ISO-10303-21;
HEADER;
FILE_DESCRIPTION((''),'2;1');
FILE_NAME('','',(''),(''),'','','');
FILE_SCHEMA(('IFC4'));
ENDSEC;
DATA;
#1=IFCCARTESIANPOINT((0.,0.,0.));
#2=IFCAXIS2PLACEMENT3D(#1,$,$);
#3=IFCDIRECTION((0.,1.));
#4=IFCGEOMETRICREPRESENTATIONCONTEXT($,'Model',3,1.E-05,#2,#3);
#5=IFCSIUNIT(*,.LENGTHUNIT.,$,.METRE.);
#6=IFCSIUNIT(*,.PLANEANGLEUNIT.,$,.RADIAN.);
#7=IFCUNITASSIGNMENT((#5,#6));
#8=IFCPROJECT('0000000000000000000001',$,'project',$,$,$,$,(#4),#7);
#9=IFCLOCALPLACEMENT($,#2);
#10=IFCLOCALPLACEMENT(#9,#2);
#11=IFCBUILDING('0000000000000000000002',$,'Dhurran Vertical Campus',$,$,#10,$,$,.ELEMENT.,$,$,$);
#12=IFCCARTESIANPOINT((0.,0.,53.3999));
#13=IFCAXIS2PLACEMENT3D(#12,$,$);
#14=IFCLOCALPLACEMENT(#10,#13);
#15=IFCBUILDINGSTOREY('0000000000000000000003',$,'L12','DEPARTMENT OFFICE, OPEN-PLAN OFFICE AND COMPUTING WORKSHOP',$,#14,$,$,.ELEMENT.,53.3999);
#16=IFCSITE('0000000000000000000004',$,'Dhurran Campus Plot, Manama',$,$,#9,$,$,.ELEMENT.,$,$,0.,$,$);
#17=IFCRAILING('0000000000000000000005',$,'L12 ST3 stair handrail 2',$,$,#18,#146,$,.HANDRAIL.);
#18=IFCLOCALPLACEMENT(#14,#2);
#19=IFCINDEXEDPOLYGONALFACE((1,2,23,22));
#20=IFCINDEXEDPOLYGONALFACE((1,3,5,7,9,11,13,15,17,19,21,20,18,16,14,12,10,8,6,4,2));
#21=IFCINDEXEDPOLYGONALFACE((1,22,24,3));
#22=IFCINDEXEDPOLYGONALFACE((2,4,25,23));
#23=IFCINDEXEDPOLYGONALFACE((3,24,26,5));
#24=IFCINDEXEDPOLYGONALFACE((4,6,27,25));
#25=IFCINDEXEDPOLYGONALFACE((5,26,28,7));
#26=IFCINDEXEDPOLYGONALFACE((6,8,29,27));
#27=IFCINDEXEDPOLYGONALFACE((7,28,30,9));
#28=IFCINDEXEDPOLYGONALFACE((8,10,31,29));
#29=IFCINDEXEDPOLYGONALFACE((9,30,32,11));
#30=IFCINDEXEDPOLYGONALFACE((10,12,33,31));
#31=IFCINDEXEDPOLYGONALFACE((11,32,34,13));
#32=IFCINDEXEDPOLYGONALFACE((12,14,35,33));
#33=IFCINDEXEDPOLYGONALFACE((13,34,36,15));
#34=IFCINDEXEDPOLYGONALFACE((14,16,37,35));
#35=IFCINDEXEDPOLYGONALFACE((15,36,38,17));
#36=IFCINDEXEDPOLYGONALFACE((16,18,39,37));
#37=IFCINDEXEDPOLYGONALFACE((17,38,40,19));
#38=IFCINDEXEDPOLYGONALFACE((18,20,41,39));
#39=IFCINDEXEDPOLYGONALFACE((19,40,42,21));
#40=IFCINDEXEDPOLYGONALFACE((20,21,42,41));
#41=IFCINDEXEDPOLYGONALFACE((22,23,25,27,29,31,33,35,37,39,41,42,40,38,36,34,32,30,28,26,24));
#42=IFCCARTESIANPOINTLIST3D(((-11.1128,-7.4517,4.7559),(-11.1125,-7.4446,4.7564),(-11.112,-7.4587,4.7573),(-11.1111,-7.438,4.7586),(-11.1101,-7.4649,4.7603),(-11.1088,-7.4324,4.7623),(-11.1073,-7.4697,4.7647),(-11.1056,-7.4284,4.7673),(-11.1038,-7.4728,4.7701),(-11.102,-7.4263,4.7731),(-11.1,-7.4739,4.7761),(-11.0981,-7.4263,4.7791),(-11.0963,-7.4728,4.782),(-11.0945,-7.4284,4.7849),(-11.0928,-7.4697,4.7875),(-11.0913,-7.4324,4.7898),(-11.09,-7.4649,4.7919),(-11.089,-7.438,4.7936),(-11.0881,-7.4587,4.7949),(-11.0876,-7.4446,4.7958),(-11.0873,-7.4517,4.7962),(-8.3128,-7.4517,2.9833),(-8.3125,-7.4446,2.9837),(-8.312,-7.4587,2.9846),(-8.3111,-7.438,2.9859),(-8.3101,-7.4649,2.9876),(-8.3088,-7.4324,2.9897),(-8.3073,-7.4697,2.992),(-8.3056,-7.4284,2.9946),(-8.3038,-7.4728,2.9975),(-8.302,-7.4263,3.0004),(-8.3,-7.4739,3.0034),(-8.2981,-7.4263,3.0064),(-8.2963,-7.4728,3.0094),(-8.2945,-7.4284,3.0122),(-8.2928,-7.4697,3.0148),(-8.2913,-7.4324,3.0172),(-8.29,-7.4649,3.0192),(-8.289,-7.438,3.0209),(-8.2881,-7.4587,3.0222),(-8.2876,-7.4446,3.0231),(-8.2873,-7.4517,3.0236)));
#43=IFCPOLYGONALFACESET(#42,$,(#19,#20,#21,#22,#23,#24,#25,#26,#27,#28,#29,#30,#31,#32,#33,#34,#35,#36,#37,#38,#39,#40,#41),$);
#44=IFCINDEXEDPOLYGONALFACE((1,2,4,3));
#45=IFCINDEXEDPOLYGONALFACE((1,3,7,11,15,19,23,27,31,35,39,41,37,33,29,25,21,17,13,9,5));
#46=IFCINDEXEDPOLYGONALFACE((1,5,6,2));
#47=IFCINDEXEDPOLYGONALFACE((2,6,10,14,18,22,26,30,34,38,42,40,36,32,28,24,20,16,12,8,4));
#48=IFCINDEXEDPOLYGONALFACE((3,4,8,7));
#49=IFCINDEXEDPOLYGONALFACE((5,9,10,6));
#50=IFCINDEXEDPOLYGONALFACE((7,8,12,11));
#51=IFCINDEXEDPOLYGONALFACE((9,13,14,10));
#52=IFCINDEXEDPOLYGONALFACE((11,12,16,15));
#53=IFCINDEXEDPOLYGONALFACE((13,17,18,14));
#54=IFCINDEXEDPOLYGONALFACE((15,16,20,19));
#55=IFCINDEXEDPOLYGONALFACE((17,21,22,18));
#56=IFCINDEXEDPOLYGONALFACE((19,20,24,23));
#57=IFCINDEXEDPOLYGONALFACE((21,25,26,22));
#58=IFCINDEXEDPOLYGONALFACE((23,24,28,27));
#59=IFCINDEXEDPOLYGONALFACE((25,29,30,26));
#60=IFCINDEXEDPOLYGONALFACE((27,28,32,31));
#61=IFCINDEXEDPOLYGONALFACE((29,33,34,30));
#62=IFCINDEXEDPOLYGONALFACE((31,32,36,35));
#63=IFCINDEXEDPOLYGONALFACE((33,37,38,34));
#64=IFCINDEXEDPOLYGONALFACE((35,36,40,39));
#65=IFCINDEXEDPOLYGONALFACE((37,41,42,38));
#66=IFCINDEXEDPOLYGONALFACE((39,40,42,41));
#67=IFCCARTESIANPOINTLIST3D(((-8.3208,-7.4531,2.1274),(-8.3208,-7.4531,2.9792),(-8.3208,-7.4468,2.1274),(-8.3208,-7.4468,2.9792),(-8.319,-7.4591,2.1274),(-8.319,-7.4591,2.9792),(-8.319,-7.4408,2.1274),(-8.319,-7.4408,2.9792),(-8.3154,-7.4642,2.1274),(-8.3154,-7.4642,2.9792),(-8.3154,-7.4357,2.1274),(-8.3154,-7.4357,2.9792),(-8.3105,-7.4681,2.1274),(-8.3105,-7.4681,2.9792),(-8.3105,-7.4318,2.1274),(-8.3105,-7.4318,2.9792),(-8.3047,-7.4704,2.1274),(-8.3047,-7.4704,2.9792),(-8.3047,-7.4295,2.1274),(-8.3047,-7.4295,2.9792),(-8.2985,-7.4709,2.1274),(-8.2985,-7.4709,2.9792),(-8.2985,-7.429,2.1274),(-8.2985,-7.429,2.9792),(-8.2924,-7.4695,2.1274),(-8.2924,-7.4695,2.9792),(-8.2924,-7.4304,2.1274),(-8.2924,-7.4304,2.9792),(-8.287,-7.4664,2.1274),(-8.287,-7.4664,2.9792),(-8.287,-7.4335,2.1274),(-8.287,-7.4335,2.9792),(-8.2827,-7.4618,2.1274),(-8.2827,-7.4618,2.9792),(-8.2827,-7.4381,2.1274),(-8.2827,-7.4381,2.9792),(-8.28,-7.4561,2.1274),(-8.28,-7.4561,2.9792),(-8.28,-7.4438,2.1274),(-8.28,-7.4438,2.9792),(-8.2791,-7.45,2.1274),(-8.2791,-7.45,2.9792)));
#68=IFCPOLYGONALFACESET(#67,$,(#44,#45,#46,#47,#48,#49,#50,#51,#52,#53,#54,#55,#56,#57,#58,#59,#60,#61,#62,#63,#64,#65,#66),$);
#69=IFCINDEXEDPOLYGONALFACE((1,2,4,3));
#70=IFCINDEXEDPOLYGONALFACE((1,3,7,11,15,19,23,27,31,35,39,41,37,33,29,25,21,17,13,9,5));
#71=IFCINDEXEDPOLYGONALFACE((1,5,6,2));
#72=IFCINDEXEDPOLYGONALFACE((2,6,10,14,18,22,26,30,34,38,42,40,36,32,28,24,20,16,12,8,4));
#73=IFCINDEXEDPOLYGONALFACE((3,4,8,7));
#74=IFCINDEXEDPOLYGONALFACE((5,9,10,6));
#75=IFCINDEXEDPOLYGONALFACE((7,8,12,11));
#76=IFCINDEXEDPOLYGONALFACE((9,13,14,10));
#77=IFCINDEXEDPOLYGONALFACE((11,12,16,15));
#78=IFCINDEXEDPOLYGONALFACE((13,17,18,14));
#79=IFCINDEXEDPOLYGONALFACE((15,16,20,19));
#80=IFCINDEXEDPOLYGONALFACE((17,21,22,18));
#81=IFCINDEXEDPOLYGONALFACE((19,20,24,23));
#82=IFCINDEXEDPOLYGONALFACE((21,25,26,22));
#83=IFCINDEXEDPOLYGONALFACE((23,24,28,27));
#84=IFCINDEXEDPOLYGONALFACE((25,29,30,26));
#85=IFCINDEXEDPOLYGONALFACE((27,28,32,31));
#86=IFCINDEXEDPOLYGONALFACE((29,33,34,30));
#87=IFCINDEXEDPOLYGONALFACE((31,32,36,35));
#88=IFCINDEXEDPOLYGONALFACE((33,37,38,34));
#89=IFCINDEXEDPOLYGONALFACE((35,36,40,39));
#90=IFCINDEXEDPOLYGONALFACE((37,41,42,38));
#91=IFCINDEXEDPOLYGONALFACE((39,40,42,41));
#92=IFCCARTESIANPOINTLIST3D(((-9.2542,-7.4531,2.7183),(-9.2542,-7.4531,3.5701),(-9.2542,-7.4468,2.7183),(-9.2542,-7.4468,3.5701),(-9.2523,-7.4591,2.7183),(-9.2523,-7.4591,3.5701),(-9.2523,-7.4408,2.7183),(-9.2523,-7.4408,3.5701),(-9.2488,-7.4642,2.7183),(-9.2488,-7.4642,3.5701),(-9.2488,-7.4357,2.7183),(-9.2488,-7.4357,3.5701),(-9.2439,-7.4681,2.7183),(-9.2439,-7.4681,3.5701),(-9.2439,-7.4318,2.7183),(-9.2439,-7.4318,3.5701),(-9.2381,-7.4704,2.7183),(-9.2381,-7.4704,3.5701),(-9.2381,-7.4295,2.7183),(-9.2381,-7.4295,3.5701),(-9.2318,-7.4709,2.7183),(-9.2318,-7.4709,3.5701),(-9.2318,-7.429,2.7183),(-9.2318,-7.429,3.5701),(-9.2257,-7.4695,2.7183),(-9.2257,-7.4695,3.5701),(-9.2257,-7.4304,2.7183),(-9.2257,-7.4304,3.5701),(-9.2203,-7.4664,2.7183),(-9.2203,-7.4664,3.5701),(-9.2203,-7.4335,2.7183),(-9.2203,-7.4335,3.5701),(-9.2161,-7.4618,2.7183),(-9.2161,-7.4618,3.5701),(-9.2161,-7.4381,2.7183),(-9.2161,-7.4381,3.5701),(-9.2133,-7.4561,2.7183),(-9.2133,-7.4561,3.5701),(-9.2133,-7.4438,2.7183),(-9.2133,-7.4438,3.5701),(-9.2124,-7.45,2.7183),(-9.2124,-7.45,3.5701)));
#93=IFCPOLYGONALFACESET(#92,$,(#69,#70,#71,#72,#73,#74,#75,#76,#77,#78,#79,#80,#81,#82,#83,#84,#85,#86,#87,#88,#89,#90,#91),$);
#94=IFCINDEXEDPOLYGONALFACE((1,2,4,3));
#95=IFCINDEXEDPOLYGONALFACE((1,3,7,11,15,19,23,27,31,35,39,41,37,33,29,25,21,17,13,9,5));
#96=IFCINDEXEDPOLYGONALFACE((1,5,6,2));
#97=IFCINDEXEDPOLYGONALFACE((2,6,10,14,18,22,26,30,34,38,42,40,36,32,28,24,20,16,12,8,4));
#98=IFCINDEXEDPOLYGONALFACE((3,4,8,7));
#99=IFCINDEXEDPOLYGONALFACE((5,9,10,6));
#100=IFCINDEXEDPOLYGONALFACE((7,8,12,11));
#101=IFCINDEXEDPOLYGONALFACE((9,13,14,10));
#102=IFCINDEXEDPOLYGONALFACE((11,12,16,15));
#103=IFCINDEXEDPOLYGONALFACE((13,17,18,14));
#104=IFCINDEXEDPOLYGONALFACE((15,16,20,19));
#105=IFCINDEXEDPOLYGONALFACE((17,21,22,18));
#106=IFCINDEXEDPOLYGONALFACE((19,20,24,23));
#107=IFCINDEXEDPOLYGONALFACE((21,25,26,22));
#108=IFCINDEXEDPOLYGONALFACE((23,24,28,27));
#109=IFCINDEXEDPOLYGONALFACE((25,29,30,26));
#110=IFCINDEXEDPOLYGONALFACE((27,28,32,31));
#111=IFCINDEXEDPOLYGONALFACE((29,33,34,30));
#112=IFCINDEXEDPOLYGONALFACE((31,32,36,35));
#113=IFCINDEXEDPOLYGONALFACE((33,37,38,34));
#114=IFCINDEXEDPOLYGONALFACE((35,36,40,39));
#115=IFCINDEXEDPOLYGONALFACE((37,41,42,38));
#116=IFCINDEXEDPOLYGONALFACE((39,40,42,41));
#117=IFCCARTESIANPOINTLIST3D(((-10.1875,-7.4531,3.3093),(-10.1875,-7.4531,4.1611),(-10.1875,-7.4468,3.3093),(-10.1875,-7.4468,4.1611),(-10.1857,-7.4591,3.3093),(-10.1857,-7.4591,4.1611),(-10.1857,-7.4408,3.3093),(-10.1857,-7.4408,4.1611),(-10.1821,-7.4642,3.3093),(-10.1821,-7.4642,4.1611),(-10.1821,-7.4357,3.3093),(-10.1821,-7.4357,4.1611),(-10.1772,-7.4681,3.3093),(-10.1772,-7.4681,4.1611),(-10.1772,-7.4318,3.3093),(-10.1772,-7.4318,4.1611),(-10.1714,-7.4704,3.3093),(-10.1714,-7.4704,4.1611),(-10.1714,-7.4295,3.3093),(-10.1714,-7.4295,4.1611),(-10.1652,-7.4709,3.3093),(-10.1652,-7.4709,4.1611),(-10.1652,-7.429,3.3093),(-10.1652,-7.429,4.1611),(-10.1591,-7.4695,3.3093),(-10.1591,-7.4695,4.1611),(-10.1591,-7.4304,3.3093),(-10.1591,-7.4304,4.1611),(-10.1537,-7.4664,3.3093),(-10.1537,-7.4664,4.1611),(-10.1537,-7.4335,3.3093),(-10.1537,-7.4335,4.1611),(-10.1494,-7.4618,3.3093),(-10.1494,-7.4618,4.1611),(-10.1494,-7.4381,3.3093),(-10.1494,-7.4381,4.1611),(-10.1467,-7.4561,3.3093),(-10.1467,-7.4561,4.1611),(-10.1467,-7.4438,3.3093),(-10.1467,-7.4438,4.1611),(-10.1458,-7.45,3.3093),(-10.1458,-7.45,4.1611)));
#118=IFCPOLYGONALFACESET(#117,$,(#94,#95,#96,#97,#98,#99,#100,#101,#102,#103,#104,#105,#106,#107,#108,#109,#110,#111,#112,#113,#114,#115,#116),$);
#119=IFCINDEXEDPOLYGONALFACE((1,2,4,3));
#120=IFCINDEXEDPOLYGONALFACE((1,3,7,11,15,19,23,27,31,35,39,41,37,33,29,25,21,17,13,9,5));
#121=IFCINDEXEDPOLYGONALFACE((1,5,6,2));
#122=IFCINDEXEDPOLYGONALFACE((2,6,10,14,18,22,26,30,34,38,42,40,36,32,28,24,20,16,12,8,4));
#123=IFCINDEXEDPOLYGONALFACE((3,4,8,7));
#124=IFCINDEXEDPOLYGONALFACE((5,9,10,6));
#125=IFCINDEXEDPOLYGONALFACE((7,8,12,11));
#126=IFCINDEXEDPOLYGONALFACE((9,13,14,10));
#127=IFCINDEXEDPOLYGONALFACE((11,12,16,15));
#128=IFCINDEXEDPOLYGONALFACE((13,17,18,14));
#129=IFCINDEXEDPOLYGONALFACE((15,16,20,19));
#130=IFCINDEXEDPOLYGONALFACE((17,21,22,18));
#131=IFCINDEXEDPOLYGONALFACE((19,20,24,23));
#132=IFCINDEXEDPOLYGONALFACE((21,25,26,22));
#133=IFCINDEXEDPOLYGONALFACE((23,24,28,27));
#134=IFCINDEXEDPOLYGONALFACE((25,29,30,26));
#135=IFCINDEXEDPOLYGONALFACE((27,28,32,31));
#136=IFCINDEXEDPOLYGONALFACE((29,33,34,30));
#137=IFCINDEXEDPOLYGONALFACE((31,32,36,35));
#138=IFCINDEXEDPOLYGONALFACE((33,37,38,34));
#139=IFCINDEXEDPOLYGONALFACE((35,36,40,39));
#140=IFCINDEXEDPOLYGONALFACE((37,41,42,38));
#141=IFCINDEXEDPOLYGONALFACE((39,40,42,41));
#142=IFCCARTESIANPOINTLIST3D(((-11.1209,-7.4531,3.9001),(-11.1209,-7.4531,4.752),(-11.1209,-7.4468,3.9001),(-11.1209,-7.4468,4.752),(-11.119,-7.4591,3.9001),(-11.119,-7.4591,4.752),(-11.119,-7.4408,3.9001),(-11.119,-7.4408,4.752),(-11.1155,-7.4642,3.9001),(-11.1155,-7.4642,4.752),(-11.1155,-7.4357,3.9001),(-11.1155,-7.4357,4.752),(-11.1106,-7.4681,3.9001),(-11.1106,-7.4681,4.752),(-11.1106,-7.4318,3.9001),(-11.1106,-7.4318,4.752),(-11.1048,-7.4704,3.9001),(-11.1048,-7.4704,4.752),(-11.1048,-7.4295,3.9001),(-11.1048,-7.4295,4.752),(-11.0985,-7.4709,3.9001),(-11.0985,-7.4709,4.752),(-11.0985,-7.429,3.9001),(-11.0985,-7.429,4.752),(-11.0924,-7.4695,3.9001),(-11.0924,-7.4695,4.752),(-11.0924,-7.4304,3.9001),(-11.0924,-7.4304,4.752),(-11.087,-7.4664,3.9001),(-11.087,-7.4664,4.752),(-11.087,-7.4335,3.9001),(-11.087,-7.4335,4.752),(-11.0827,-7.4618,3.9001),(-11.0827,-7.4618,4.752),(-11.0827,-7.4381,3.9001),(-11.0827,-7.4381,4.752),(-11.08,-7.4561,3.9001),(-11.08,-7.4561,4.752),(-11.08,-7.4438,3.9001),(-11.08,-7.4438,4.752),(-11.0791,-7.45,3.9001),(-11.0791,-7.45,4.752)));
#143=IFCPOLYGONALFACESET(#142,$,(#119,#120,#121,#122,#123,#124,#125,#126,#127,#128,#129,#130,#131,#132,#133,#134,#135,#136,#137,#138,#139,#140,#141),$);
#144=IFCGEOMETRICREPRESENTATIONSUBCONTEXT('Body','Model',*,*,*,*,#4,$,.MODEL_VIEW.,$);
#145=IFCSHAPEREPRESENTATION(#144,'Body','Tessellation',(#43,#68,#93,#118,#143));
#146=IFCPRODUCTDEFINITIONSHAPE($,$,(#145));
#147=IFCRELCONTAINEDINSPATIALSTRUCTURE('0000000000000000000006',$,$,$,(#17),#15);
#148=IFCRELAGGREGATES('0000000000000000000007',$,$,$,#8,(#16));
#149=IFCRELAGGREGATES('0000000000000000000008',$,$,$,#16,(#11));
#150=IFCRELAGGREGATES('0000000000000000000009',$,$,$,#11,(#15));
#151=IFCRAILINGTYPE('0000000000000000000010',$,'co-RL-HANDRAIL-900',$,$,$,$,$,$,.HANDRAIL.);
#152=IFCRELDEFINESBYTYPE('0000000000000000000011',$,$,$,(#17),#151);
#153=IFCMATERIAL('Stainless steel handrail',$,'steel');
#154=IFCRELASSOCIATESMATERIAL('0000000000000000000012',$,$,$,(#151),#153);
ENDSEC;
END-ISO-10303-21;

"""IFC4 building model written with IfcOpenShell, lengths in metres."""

from ifc_helpers import new_model, si_unit, direction, frame, origin, origin_2d, place, context, subcontext, project, spatial, circle, extrude, material, type_object, element, save


model = new_model("IFC4")

# Units and contexts
model_context = context("Model", 3, precision=1e-05, world=origin(), true_north=direction((0.0, 1.0)))
body_context = subcontext(model_context, "Body", "Model", "MODEL_VIEW")
ifc_project = project(units=[si_unit("LENGTHUNIT", "METRE"), si_unit("PLANEANGLEUNIT", "RADIAN")], contexts=[model_context])

# Site, building, storey
site_placement = place(None, origin())
site = spatial("IfcSite", under=ifc_project, at=site_placement, Name="Dhurran Campus Plot, Manama", CompositionType="ELEMENT", RefElevation=0.0)
building_placement = place(site_placement, origin())
building = spatial("IfcBuilding", under=site, at=building_placement, Name="Dhurran Vertical Campus", CompositionType="ELEMENT")
storey_placement = place(building_placement, frame((0.0, 0.0, 53.3999)))
storey = spatial("IfcBuildingStorey", under=building, at=storey_placement, Name="L12", Description="DEPARTMENT OFFICE, OPEN-PLAN OFFICE AND COMPUTING WORKSHOP", CompositionType="ELEMENT", Elevation=53.3999)

# Railing
ifc_material_1 = material(Name="Stainless steel handrail", Category="steel")
railing_type_1 = type_object("IfcRailingType", Name="co-RL-HANDRAIL-900", PredefinedType="HANDRAIL", material=ifc_material_1)
railing_1_placement = place(storey_placement, frame((-8.3, -7.45, 2.1274)))
element("IfcRailing", 1, at=railing_1_placement, inside=storey, type_object=railing_type_1, Name="L12 ST3 stair handrail 2", PredefinedType="HANDRAIL", context=body_context, shape_type="SweptSolid", body=[
    extrude(circle(Radius=0.0239, at=origin_2d()), frame((0.0, 0.0, 0.876), z_axis=(-0.844909, 0.0, 0.53491), x_axis=(0.0, -1.0, 0.0)), (0.0, 0.0, 1.0), 3.314),
    extrude(circle(Radius=0.021, at=origin_2d()), origin(), (0.0, 0.0, 1.0), 0.8518),
    extrude(circle(Radius=0.021, at=origin_2d()), frame((-0.9333, 0.0, 0.5908)), (0.0, 0.0, 1.0), 0.8518),
    extrude(circle(Radius=0.021, at=origin_2d()), frame((-1.8667, 0.0, 1.1819)), (0.0, 0.0, 1.0), 0.8518),
    extrude(circle(Radius=0.021, at=origin_2d()), frame((-2.8, 0.0, 1.7727)), (0.0, 0.0, 1.0), 0.8518),
])

save(model, "model.ifc")
